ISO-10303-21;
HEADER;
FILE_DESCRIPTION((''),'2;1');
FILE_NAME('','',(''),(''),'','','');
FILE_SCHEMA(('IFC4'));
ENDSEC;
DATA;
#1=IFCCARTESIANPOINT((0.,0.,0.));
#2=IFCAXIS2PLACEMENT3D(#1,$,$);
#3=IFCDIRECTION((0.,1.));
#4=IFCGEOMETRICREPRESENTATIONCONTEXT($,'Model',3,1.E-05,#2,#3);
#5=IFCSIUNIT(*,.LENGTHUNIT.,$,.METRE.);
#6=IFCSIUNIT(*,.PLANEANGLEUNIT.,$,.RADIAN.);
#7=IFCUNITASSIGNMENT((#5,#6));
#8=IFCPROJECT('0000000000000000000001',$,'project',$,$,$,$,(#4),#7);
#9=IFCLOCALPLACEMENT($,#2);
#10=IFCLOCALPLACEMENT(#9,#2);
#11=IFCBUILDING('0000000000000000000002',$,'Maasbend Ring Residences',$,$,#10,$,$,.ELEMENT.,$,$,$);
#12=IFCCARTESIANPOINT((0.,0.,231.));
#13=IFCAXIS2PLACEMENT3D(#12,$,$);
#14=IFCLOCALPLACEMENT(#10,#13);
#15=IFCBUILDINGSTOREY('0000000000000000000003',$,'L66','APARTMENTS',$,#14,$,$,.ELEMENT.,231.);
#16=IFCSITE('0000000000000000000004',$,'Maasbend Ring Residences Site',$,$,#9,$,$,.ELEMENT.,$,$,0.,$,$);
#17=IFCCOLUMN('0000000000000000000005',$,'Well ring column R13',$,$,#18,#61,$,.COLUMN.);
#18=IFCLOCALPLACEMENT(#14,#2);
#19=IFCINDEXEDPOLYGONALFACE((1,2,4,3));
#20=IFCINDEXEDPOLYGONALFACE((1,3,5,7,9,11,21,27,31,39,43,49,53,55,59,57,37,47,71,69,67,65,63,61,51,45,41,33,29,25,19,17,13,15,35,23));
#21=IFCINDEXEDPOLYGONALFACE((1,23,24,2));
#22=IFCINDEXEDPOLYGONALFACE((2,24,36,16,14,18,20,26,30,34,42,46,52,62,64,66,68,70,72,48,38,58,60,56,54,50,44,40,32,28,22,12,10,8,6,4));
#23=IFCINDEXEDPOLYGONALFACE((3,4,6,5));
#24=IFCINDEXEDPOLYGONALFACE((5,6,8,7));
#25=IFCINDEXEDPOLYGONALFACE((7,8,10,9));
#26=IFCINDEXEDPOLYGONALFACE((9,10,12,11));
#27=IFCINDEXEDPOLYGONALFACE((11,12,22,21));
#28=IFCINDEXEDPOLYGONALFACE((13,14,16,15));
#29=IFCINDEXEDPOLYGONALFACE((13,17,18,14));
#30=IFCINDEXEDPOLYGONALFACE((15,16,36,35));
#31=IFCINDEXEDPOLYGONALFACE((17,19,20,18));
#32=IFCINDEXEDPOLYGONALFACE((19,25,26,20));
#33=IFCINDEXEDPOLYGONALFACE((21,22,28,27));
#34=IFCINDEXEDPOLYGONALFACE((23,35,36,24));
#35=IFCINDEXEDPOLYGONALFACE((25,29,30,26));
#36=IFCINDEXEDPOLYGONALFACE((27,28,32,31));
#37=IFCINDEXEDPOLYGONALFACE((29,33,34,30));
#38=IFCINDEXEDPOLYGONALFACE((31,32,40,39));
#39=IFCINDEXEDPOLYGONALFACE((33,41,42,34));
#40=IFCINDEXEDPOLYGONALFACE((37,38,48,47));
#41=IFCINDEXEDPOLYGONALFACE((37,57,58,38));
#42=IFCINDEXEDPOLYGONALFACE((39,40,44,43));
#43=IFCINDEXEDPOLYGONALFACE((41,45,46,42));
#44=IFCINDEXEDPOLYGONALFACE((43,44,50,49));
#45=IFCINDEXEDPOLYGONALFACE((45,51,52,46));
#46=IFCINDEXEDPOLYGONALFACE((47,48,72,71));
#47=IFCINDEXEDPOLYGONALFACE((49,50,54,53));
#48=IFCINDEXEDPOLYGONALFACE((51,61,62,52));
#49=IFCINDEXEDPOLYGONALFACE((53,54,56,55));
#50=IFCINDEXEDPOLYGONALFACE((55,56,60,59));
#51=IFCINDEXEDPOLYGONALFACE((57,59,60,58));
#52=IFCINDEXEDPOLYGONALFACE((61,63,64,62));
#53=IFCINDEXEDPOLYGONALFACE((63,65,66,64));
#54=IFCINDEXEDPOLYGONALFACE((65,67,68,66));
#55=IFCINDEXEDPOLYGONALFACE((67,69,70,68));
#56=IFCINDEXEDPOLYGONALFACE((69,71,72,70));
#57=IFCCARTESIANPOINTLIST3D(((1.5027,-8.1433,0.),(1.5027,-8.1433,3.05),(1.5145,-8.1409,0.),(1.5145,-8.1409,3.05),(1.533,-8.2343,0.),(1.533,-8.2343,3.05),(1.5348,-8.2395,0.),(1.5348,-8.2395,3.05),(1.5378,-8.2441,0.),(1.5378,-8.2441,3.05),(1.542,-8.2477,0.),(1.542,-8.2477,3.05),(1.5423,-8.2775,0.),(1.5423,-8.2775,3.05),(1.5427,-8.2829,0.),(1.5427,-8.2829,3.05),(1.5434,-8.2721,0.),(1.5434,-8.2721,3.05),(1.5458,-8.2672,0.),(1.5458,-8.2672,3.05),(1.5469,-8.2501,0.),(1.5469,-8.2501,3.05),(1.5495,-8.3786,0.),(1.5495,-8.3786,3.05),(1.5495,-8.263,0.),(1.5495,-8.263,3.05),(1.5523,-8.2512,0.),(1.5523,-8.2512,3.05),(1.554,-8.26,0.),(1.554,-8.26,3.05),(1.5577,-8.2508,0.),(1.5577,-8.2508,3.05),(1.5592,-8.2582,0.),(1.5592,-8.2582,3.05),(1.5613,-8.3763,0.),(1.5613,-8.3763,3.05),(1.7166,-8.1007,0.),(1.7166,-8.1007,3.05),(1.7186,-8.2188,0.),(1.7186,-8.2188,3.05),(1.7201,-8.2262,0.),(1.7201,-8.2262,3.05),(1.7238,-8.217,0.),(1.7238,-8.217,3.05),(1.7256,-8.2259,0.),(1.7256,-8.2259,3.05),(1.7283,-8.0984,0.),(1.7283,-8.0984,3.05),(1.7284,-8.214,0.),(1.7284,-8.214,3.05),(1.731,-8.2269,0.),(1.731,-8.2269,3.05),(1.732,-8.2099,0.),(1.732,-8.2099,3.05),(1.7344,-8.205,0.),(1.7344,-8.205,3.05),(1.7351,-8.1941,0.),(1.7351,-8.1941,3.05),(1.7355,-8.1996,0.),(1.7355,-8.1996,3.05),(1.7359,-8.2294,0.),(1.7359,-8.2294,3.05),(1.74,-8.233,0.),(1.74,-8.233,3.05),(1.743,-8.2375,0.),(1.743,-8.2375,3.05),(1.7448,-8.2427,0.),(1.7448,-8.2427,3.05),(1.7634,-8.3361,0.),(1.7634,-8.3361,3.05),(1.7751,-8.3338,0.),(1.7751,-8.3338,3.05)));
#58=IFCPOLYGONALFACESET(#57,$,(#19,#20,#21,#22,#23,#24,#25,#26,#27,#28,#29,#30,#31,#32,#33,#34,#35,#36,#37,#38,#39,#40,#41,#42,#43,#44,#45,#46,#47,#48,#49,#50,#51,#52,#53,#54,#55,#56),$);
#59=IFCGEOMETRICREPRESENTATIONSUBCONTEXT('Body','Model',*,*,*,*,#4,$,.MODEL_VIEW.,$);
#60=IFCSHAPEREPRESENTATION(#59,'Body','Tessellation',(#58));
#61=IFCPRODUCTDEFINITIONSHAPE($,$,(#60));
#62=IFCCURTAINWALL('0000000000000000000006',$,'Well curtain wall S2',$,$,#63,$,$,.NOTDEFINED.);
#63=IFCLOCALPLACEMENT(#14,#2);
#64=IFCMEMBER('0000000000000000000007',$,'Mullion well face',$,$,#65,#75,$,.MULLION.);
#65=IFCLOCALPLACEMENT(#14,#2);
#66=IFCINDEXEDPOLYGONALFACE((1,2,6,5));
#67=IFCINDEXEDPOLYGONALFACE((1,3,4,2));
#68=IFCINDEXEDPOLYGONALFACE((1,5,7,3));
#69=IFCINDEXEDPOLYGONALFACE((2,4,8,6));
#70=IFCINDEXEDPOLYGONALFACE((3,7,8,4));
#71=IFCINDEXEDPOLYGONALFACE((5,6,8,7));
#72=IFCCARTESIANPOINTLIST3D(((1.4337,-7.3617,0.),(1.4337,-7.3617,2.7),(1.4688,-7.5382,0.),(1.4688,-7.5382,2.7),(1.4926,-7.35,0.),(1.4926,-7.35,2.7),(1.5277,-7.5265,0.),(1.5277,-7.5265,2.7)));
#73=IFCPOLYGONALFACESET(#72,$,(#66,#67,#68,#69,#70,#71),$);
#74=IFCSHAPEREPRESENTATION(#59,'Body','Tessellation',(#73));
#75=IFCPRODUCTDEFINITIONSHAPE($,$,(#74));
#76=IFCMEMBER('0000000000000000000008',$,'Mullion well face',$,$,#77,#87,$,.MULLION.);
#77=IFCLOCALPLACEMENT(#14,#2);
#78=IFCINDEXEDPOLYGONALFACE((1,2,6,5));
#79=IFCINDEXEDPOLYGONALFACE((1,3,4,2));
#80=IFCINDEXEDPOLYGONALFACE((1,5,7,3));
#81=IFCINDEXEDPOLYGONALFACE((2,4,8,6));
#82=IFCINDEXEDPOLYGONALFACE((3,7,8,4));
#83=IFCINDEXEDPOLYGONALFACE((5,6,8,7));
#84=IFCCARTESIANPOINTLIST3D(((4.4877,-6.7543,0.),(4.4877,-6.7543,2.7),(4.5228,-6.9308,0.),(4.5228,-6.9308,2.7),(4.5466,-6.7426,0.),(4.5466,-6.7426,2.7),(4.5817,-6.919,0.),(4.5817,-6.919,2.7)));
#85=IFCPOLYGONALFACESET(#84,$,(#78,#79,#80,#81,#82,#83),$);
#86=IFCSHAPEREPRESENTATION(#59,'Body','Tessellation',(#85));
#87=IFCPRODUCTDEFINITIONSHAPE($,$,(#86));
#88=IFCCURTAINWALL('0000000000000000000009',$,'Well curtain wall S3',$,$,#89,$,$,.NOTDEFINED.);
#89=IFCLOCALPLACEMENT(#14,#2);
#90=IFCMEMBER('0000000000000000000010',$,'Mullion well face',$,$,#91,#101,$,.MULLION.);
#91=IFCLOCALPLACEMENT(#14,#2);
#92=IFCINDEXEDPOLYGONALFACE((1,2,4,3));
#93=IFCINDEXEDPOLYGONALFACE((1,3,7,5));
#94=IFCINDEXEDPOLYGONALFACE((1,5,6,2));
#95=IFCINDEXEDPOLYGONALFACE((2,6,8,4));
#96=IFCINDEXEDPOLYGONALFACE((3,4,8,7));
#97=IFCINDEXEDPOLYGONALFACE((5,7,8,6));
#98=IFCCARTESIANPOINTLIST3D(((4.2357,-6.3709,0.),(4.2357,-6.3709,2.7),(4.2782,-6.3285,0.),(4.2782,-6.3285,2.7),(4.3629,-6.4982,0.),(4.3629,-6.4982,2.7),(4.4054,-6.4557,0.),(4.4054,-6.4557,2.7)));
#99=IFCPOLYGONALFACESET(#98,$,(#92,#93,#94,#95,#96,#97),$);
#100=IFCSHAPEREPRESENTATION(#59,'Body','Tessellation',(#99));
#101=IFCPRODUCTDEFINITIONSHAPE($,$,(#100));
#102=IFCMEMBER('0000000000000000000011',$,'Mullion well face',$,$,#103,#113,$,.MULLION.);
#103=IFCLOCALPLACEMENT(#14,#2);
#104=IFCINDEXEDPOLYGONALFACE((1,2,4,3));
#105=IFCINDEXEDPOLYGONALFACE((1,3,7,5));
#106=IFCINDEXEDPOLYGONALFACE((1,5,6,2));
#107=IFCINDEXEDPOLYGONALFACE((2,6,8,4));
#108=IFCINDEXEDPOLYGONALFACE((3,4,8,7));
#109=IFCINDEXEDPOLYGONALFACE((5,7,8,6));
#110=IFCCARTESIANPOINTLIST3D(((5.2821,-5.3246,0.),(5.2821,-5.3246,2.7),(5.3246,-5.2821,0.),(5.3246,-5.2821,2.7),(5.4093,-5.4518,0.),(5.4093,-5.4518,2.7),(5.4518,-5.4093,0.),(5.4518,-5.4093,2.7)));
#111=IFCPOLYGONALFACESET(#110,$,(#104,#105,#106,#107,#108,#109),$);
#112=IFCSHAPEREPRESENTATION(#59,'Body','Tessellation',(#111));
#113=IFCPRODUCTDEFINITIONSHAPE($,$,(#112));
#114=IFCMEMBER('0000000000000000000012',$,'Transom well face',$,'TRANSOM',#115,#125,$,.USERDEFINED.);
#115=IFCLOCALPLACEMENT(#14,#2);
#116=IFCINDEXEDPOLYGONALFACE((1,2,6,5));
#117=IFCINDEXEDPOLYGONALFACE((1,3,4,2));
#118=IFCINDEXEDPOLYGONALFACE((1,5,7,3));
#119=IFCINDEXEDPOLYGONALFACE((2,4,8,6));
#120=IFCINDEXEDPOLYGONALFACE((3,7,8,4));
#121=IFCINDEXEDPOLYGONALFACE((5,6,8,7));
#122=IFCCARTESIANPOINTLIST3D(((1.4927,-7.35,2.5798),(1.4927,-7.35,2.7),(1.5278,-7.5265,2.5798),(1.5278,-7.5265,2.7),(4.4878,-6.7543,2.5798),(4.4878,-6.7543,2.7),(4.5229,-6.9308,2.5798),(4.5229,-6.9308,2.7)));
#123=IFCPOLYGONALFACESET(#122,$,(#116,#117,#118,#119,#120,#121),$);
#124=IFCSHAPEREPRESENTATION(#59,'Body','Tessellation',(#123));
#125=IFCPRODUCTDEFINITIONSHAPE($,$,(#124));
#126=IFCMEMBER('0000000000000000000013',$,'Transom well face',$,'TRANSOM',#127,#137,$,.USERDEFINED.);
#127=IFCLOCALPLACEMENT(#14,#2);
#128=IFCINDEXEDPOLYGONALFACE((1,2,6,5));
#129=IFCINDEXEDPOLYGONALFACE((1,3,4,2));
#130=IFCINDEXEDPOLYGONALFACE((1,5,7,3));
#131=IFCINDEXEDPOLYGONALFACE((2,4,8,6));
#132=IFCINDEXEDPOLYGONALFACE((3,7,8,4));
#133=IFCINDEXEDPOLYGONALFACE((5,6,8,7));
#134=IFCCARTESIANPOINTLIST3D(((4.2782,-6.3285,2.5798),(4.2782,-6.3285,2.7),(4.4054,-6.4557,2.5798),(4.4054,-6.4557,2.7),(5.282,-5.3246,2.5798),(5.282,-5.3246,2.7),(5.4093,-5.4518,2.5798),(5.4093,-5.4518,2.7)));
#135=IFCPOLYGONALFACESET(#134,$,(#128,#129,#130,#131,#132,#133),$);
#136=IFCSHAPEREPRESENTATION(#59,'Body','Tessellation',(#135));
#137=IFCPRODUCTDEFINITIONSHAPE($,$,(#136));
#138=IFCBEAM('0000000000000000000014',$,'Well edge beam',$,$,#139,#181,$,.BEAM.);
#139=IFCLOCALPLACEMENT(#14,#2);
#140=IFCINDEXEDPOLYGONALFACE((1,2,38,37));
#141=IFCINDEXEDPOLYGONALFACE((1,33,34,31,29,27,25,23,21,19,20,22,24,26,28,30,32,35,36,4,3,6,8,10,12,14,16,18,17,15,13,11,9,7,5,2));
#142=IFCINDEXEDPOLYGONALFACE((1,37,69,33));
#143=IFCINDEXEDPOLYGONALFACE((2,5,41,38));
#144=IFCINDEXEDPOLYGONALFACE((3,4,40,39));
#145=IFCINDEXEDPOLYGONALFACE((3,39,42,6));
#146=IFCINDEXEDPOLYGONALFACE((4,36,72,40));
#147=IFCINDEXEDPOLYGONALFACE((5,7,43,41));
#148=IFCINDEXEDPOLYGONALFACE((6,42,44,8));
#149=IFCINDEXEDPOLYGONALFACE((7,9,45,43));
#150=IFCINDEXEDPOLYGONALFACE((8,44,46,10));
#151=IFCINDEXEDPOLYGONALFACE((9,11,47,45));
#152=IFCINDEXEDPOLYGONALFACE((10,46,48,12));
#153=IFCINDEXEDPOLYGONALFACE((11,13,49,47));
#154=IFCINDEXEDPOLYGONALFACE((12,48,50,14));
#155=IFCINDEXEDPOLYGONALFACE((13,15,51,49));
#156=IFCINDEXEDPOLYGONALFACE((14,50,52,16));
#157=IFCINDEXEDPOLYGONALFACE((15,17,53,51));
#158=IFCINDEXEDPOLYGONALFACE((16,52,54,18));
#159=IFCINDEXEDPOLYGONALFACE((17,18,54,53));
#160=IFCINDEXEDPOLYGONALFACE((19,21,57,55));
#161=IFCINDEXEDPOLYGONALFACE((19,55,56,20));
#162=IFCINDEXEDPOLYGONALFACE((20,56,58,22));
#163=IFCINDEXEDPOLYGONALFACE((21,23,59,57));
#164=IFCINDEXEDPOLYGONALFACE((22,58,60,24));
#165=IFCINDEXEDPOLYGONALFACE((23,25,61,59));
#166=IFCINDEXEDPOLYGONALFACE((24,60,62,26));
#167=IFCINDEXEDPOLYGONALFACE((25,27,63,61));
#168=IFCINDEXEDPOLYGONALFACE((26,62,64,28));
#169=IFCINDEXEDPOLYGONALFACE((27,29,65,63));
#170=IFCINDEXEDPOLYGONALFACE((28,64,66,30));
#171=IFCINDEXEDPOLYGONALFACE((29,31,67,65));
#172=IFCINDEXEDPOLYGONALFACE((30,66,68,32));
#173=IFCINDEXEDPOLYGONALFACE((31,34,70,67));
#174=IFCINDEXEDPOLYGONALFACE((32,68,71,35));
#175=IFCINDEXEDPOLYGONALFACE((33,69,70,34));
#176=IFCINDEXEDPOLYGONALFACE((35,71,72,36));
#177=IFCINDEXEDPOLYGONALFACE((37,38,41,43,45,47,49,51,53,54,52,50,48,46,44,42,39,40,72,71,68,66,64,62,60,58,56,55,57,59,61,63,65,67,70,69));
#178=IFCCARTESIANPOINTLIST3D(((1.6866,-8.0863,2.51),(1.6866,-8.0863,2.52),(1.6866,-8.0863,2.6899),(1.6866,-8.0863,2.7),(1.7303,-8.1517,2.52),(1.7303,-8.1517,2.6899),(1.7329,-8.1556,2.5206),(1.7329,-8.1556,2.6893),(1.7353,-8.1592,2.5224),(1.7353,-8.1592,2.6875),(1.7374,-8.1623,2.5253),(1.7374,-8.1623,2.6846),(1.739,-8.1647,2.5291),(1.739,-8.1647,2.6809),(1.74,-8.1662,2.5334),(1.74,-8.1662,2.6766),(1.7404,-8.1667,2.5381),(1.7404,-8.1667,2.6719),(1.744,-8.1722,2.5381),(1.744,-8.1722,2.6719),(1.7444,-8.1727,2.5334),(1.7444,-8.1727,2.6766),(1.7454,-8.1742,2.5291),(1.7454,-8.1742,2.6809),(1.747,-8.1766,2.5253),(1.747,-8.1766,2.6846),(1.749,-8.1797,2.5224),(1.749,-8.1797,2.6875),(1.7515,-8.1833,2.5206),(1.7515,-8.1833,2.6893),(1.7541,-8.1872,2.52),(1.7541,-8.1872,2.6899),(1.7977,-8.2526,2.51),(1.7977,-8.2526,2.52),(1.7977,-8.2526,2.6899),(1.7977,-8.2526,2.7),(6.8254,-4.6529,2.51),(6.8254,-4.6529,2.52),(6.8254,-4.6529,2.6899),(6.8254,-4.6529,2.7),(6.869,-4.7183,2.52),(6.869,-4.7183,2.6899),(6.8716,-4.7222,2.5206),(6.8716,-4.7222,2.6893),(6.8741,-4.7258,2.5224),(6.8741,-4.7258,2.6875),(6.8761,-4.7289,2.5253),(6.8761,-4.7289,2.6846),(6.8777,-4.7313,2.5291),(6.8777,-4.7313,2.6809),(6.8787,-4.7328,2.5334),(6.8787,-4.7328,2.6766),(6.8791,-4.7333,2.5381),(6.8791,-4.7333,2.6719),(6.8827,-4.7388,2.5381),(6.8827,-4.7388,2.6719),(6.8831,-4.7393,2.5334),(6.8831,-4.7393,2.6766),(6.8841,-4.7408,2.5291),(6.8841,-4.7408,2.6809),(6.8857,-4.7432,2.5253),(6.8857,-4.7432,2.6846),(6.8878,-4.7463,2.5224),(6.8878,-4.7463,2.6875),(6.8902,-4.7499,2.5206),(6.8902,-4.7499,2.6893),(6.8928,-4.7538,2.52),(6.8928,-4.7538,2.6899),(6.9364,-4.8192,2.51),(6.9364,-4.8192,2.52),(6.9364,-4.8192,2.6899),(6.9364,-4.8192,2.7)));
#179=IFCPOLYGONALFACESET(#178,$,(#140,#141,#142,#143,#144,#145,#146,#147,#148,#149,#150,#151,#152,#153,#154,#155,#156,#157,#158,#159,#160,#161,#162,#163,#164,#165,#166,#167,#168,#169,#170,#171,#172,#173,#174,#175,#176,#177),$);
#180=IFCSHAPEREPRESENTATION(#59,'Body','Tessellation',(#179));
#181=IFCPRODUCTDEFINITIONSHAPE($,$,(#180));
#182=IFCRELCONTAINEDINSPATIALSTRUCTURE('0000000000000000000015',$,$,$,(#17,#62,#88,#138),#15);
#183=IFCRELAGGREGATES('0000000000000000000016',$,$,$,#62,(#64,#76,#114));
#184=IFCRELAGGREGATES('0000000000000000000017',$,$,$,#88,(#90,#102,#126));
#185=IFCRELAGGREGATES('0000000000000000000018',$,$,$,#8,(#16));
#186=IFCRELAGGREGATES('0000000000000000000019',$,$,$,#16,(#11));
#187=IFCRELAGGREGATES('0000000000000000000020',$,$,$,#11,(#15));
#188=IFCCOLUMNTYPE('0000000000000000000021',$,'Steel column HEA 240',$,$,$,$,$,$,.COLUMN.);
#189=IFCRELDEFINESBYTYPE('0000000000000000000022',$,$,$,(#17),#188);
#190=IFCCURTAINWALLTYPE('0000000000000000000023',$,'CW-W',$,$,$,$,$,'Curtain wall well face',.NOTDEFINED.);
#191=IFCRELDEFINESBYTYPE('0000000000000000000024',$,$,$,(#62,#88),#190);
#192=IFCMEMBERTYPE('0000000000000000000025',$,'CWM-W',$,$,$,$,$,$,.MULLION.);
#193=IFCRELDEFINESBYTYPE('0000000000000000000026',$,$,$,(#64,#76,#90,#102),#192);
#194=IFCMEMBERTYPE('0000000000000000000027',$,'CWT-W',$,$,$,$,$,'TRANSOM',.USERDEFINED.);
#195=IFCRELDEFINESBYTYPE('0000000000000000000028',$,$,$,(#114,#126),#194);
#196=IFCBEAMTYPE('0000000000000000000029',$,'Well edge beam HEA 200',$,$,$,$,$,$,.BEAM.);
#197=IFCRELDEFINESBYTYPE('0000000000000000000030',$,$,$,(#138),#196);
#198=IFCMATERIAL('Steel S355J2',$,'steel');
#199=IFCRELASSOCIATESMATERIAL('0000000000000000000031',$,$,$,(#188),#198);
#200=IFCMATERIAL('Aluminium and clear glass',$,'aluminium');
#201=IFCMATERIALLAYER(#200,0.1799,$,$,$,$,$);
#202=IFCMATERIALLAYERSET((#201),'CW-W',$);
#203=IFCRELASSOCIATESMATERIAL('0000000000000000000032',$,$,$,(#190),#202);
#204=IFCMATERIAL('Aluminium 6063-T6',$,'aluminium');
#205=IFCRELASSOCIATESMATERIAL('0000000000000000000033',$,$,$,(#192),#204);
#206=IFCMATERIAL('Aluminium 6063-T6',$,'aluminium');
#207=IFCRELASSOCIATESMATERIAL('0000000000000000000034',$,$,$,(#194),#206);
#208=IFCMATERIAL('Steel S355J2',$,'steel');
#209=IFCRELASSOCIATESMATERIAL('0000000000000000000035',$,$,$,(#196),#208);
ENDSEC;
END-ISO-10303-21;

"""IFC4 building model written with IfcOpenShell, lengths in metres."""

from ifc_helpers import new_model, si_unit, direction, frame, origin, origin_2d, place, context, subcontext, project, spatial, rectangle, i_section, extrude, material, layer, layer_set, material_profile, profile_set, type_object, element, aggregate, save


model = new_model("IFC4")

# Units and contexts
model_context = context("Model", 3, precision=1e-05, world=origin(), true_north=direction((0.0, 1.0)))
body_context = subcontext(model_context, "Body", "Model", "MODEL_VIEW")
ifc_project = project(units=[si_unit("LENGTHUNIT", "METRE"), si_unit("PLANEANGLEUNIT", "RADIAN")], contexts=[model_context])

# Site, building, storey
site_placement = place(None, origin())
site = spatial("IfcSite", under=ifc_project, at=site_placement, Name="Maasbend Ring Residences Site", CompositionType="ELEMENT", RefElevation=0.0)
building_placement = place(site_placement, origin())
building = spatial("IfcBuilding", under=site, at=building_placement, Name="Maasbend Ring Residences", CompositionType="ELEMENT")
storey_placement = place(building_placement, frame((0.0, 0.0, 231.0)))
storey = spatial("IfcBuildingStorey", under=building, at=storey_placement, Name="L66", Description="APARTMENTS", CompositionType="ELEMENT", Elevation=231.0)

# Column
ifc_material_1 = material(Name="Steel S355J2", Category="steel")
ifc_material_profile_1 = material_profile(ifc_material_1, i_section(OverallWidth=0.24, OverallDepth=0.23, WebThickness=0.0076, FlangeThickness=0.012, FilletRadius=0.021, at=origin_2d()), Name="HEA 240")
ifc_profile_set_1 = profile_set([ifc_material_profile_1], Name="Steel S355J2")
column_type = type_object("IfcColumnType", Name="Steel column HEA 240", PredefinedType="COLUMN", material=ifc_profile_set_1)
column_placement = place(storey_placement, frame((1.6389, -8.2385, 0.0), z_axis=(0.0, 0.0, 1.0), x_axis=(0.19509, -0.980785, 0.0)))
element("IfcColumn", 1, at=column_placement, inside=storey, type_object=column_type, Name="Well ring column R13", PredefinedType="COLUMN", context=body_context, shape_type="SweptSolid", body=[
    extrude(i_section(OverallWidth=0.24, OverallDepth=0.23, WebThickness=0.0076, FlangeThickness=0.012, FilletRadius=0.021, at=origin_2d()), origin(), (0.0, 0.0, 1.0), 3.05),
])

# Curtain walls, members
ifc_material_2 = material(Name="Aluminium and clear glass", Category="aluminium")
ifc_layer_1 = layer(ifc_material_2, 0.1799)
ifc_layer_set_1 = layer_set([ifc_layer_1], Name="CW-W")
curtain_wall_type = type_object("IfcCurtainWallType", Name="CW-W", ElementType="Curtain wall well face", PredefinedType="NOTDEFINED", material=ifc_layer_set_1)
curtain_wall_1_placement = place(storey_placement, origin())
curtain_wall_1 = element("IfcCurtainWall", 2, at=curtain_wall_1_placement, inside=storey, type_object=curtain_wall_type, Name="Well curtain wall S2", PredefinedType="NOTDEFINED")
ifc_material_3 = material(Name="Aluminium 6063-T6", Category="aluminium")
ifc_material_profile_2 = material_profile(ifc_material_3, rectangle(XDim=0.1799, YDim=0.0601, at=origin_2d()), Name="AL 180x60")
ifc_profile_set_2 = profile_set([ifc_material_profile_2], Name="Aluminium 6063-T6")
member_type_1 = type_object("IfcMemberType", Name="CWM-W", PredefinedType="MULLION", material=ifc_profile_set_2)
member_1_placement = place(storey_placement, frame((1.4807, -7.4441, 0.0), z_axis=(0.0, 0.0, 1.0), x_axis=(-0.19509, 0.980785, 0.0)))
member_1 = element("IfcMember", 3, at=member_1_placement, type_object=member_type_1, Name="Mullion well face", PredefinedType="MULLION", context=body_context, shape_type="SweptSolid", body=[
    extrude(rectangle(XDim=0.1799, YDim=0.0601, at=origin_2d()), origin(), (0.0, 0.0, 1.0), 2.7),
])
member_2_placement = place(storey_placement, frame((4.5347, -6.8367, 0.0), z_axis=(0.0, 0.0, 1.0), x_axis=(-0.19509, 0.980785, 0.0)))
member_2 = element("IfcMember", 4, at=member_2_placement, type_object=member_type_1, Name="Mullion well face", PredefinedType="MULLION", context=body_context, shape_type="SweptSolid", body=[
    extrude(rectangle(XDim=0.1799, YDim=0.0601, at=origin_2d()), origin(), (0.0, 0.0, 1.0), 2.7),
])
curtain_wall_2_placement = place(storey_placement, origin())
curtain_wall_2 = element("IfcCurtainWall", 5, at=curtain_wall_2_placement, inside=storey, type_object=curtain_wall_type, Name="Well curtain wall S3", PredefinedType="NOTDEFINED")
member_3_placement = place(storey_placement, frame((4.3206, -6.4133, 0.0), z_axis=(0.0, 0.0, 1.0), x_axis=(-0.707107, 0.707107, 0.0)))
member_3 = element("IfcMember", 6, at=member_3_placement, type_object=member_type_1, Name="Mullion well face", PredefinedType="MULLION", context=body_context, shape_type="SweptSolid", body=[
    extrude(rectangle(XDim=0.1799, YDim=0.0601, at=origin_2d()), origin(), (0.0, 0.0, 1.0), 2.7),
])
member_4_placement = place(storey_placement, frame((5.3669, -5.3669, 0.0), z_axis=(0.0, 0.0, 1.0), x_axis=(-0.707107, 0.707107, 0.0)))
member_4 = element("IfcMember", 7, at=member_4_placement, type_object=member_type_1, Name="Mullion well face", PredefinedType="MULLION", context=body_context, shape_type="SweptSolid", body=[
    extrude(rectangle(XDim=0.1799, YDim=0.0601, at=origin_2d()), origin(), (0.0, 0.0, 1.0), 2.7),
])

# Members
ifc_material_4 = material(Name="Aluminium 6063-T6", Category="aluminium")
ifc_material_profile_3 = material_profile(ifc_material_4, rectangle(XDim=0.1799, YDim=0.1201, at=origin_2d()), Name="AL 180x120")
ifc_profile_set_3 = profile_set([ifc_material_profile_3], Name="Aluminium 6063-T6")
member_type_2 = type_object("IfcMemberType", Name="CWT-W", ElementType="TRANSOM", PredefinedType="USERDEFINED", material=ifc_profile_set_3)
member_5_placement = place(storey_placement, frame((1.5103, -7.4382, 2.6399), z_axis=(0.980789, 0.195071, 0.0), x_axis=(-0.195071, 0.980789, 0.0)))
member_5 = element("IfcMember", 8, at=member_5_placement, type_object=member_type_2, Name="Transom well face", ObjectType="TRANSOM", PredefinedType="USERDEFINED", context=body_context, shape_type="SweptSolid", body=[
    extrude(rectangle(XDim=0.1799, YDim=0.1201, at=origin_2d()), origin(), (0.0, 0.0, 1.0), 3.0537),
])
member_6_placement = place(storey_placement, frame((4.3418, -6.3921, 2.6399), z_axis=(0.707107, 0.707107, 0.0), x_axis=(-0.707107, 0.707107, 0.0)))
member_6 = element("IfcMember", 9, at=member_6_placement, type_object=member_type_2, Name="Transom well face", ObjectType="TRANSOM", PredefinedType="USERDEFINED", context=body_context, shape_type="SweptSolid", body=[
    extrude(rectangle(XDim=0.1799, YDim=0.1201, at=origin_2d()), origin(), (0.0, 0.0, 1.0), 1.4197),
])

# Beam
ifc_material_5 = material(Name="Steel S355J2", Category="steel")
ifc_material_profile_4 = material_profile(ifc_material_5, i_section(OverallWidth=0.2, OverallDepth=0.1899, WebThickness=0.0066, FlangeThickness=0.01, FilletRadius=0.0181, at=origin_2d()), Name="HEA 200")
ifc_profile_set_4 = profile_set([ifc_material_profile_4], Name="Steel S355J2")
beam_type = type_object("IfcBeamType", Name="Well edge beam HEA 200", PredefinedType="BEAM", material=ifc_profile_set_4)
beam_placement = place(storey_placement, frame((1.7422, -8.1694, 2.605), z_axis=(0.831485, 0.555548, 0.0), x_axis=(-0.555548, 0.831485, 0.0)))
element("IfcBeam", 10, at=beam_placement, inside=storey, type_object=beam_type, Name="Well edge beam", PredefinedType="BEAM", context=body_context, shape_type="SweptSolid", body=[
    extrude(i_section(OverallWidth=0.2, OverallDepth=0.1899, WebThickness=0.0066, FlangeThickness=0.01, FilletRadius=0.0181, at=origin_2d()), origin(), (0.0, 0.0, 1.0), 6.1802),
])

aggregate(curtain_wall_1, [member_1, member_2, member_5])
aggregate(curtain_wall_2, [member_3, member_4, member_6])

save(model, "model.ifc")
